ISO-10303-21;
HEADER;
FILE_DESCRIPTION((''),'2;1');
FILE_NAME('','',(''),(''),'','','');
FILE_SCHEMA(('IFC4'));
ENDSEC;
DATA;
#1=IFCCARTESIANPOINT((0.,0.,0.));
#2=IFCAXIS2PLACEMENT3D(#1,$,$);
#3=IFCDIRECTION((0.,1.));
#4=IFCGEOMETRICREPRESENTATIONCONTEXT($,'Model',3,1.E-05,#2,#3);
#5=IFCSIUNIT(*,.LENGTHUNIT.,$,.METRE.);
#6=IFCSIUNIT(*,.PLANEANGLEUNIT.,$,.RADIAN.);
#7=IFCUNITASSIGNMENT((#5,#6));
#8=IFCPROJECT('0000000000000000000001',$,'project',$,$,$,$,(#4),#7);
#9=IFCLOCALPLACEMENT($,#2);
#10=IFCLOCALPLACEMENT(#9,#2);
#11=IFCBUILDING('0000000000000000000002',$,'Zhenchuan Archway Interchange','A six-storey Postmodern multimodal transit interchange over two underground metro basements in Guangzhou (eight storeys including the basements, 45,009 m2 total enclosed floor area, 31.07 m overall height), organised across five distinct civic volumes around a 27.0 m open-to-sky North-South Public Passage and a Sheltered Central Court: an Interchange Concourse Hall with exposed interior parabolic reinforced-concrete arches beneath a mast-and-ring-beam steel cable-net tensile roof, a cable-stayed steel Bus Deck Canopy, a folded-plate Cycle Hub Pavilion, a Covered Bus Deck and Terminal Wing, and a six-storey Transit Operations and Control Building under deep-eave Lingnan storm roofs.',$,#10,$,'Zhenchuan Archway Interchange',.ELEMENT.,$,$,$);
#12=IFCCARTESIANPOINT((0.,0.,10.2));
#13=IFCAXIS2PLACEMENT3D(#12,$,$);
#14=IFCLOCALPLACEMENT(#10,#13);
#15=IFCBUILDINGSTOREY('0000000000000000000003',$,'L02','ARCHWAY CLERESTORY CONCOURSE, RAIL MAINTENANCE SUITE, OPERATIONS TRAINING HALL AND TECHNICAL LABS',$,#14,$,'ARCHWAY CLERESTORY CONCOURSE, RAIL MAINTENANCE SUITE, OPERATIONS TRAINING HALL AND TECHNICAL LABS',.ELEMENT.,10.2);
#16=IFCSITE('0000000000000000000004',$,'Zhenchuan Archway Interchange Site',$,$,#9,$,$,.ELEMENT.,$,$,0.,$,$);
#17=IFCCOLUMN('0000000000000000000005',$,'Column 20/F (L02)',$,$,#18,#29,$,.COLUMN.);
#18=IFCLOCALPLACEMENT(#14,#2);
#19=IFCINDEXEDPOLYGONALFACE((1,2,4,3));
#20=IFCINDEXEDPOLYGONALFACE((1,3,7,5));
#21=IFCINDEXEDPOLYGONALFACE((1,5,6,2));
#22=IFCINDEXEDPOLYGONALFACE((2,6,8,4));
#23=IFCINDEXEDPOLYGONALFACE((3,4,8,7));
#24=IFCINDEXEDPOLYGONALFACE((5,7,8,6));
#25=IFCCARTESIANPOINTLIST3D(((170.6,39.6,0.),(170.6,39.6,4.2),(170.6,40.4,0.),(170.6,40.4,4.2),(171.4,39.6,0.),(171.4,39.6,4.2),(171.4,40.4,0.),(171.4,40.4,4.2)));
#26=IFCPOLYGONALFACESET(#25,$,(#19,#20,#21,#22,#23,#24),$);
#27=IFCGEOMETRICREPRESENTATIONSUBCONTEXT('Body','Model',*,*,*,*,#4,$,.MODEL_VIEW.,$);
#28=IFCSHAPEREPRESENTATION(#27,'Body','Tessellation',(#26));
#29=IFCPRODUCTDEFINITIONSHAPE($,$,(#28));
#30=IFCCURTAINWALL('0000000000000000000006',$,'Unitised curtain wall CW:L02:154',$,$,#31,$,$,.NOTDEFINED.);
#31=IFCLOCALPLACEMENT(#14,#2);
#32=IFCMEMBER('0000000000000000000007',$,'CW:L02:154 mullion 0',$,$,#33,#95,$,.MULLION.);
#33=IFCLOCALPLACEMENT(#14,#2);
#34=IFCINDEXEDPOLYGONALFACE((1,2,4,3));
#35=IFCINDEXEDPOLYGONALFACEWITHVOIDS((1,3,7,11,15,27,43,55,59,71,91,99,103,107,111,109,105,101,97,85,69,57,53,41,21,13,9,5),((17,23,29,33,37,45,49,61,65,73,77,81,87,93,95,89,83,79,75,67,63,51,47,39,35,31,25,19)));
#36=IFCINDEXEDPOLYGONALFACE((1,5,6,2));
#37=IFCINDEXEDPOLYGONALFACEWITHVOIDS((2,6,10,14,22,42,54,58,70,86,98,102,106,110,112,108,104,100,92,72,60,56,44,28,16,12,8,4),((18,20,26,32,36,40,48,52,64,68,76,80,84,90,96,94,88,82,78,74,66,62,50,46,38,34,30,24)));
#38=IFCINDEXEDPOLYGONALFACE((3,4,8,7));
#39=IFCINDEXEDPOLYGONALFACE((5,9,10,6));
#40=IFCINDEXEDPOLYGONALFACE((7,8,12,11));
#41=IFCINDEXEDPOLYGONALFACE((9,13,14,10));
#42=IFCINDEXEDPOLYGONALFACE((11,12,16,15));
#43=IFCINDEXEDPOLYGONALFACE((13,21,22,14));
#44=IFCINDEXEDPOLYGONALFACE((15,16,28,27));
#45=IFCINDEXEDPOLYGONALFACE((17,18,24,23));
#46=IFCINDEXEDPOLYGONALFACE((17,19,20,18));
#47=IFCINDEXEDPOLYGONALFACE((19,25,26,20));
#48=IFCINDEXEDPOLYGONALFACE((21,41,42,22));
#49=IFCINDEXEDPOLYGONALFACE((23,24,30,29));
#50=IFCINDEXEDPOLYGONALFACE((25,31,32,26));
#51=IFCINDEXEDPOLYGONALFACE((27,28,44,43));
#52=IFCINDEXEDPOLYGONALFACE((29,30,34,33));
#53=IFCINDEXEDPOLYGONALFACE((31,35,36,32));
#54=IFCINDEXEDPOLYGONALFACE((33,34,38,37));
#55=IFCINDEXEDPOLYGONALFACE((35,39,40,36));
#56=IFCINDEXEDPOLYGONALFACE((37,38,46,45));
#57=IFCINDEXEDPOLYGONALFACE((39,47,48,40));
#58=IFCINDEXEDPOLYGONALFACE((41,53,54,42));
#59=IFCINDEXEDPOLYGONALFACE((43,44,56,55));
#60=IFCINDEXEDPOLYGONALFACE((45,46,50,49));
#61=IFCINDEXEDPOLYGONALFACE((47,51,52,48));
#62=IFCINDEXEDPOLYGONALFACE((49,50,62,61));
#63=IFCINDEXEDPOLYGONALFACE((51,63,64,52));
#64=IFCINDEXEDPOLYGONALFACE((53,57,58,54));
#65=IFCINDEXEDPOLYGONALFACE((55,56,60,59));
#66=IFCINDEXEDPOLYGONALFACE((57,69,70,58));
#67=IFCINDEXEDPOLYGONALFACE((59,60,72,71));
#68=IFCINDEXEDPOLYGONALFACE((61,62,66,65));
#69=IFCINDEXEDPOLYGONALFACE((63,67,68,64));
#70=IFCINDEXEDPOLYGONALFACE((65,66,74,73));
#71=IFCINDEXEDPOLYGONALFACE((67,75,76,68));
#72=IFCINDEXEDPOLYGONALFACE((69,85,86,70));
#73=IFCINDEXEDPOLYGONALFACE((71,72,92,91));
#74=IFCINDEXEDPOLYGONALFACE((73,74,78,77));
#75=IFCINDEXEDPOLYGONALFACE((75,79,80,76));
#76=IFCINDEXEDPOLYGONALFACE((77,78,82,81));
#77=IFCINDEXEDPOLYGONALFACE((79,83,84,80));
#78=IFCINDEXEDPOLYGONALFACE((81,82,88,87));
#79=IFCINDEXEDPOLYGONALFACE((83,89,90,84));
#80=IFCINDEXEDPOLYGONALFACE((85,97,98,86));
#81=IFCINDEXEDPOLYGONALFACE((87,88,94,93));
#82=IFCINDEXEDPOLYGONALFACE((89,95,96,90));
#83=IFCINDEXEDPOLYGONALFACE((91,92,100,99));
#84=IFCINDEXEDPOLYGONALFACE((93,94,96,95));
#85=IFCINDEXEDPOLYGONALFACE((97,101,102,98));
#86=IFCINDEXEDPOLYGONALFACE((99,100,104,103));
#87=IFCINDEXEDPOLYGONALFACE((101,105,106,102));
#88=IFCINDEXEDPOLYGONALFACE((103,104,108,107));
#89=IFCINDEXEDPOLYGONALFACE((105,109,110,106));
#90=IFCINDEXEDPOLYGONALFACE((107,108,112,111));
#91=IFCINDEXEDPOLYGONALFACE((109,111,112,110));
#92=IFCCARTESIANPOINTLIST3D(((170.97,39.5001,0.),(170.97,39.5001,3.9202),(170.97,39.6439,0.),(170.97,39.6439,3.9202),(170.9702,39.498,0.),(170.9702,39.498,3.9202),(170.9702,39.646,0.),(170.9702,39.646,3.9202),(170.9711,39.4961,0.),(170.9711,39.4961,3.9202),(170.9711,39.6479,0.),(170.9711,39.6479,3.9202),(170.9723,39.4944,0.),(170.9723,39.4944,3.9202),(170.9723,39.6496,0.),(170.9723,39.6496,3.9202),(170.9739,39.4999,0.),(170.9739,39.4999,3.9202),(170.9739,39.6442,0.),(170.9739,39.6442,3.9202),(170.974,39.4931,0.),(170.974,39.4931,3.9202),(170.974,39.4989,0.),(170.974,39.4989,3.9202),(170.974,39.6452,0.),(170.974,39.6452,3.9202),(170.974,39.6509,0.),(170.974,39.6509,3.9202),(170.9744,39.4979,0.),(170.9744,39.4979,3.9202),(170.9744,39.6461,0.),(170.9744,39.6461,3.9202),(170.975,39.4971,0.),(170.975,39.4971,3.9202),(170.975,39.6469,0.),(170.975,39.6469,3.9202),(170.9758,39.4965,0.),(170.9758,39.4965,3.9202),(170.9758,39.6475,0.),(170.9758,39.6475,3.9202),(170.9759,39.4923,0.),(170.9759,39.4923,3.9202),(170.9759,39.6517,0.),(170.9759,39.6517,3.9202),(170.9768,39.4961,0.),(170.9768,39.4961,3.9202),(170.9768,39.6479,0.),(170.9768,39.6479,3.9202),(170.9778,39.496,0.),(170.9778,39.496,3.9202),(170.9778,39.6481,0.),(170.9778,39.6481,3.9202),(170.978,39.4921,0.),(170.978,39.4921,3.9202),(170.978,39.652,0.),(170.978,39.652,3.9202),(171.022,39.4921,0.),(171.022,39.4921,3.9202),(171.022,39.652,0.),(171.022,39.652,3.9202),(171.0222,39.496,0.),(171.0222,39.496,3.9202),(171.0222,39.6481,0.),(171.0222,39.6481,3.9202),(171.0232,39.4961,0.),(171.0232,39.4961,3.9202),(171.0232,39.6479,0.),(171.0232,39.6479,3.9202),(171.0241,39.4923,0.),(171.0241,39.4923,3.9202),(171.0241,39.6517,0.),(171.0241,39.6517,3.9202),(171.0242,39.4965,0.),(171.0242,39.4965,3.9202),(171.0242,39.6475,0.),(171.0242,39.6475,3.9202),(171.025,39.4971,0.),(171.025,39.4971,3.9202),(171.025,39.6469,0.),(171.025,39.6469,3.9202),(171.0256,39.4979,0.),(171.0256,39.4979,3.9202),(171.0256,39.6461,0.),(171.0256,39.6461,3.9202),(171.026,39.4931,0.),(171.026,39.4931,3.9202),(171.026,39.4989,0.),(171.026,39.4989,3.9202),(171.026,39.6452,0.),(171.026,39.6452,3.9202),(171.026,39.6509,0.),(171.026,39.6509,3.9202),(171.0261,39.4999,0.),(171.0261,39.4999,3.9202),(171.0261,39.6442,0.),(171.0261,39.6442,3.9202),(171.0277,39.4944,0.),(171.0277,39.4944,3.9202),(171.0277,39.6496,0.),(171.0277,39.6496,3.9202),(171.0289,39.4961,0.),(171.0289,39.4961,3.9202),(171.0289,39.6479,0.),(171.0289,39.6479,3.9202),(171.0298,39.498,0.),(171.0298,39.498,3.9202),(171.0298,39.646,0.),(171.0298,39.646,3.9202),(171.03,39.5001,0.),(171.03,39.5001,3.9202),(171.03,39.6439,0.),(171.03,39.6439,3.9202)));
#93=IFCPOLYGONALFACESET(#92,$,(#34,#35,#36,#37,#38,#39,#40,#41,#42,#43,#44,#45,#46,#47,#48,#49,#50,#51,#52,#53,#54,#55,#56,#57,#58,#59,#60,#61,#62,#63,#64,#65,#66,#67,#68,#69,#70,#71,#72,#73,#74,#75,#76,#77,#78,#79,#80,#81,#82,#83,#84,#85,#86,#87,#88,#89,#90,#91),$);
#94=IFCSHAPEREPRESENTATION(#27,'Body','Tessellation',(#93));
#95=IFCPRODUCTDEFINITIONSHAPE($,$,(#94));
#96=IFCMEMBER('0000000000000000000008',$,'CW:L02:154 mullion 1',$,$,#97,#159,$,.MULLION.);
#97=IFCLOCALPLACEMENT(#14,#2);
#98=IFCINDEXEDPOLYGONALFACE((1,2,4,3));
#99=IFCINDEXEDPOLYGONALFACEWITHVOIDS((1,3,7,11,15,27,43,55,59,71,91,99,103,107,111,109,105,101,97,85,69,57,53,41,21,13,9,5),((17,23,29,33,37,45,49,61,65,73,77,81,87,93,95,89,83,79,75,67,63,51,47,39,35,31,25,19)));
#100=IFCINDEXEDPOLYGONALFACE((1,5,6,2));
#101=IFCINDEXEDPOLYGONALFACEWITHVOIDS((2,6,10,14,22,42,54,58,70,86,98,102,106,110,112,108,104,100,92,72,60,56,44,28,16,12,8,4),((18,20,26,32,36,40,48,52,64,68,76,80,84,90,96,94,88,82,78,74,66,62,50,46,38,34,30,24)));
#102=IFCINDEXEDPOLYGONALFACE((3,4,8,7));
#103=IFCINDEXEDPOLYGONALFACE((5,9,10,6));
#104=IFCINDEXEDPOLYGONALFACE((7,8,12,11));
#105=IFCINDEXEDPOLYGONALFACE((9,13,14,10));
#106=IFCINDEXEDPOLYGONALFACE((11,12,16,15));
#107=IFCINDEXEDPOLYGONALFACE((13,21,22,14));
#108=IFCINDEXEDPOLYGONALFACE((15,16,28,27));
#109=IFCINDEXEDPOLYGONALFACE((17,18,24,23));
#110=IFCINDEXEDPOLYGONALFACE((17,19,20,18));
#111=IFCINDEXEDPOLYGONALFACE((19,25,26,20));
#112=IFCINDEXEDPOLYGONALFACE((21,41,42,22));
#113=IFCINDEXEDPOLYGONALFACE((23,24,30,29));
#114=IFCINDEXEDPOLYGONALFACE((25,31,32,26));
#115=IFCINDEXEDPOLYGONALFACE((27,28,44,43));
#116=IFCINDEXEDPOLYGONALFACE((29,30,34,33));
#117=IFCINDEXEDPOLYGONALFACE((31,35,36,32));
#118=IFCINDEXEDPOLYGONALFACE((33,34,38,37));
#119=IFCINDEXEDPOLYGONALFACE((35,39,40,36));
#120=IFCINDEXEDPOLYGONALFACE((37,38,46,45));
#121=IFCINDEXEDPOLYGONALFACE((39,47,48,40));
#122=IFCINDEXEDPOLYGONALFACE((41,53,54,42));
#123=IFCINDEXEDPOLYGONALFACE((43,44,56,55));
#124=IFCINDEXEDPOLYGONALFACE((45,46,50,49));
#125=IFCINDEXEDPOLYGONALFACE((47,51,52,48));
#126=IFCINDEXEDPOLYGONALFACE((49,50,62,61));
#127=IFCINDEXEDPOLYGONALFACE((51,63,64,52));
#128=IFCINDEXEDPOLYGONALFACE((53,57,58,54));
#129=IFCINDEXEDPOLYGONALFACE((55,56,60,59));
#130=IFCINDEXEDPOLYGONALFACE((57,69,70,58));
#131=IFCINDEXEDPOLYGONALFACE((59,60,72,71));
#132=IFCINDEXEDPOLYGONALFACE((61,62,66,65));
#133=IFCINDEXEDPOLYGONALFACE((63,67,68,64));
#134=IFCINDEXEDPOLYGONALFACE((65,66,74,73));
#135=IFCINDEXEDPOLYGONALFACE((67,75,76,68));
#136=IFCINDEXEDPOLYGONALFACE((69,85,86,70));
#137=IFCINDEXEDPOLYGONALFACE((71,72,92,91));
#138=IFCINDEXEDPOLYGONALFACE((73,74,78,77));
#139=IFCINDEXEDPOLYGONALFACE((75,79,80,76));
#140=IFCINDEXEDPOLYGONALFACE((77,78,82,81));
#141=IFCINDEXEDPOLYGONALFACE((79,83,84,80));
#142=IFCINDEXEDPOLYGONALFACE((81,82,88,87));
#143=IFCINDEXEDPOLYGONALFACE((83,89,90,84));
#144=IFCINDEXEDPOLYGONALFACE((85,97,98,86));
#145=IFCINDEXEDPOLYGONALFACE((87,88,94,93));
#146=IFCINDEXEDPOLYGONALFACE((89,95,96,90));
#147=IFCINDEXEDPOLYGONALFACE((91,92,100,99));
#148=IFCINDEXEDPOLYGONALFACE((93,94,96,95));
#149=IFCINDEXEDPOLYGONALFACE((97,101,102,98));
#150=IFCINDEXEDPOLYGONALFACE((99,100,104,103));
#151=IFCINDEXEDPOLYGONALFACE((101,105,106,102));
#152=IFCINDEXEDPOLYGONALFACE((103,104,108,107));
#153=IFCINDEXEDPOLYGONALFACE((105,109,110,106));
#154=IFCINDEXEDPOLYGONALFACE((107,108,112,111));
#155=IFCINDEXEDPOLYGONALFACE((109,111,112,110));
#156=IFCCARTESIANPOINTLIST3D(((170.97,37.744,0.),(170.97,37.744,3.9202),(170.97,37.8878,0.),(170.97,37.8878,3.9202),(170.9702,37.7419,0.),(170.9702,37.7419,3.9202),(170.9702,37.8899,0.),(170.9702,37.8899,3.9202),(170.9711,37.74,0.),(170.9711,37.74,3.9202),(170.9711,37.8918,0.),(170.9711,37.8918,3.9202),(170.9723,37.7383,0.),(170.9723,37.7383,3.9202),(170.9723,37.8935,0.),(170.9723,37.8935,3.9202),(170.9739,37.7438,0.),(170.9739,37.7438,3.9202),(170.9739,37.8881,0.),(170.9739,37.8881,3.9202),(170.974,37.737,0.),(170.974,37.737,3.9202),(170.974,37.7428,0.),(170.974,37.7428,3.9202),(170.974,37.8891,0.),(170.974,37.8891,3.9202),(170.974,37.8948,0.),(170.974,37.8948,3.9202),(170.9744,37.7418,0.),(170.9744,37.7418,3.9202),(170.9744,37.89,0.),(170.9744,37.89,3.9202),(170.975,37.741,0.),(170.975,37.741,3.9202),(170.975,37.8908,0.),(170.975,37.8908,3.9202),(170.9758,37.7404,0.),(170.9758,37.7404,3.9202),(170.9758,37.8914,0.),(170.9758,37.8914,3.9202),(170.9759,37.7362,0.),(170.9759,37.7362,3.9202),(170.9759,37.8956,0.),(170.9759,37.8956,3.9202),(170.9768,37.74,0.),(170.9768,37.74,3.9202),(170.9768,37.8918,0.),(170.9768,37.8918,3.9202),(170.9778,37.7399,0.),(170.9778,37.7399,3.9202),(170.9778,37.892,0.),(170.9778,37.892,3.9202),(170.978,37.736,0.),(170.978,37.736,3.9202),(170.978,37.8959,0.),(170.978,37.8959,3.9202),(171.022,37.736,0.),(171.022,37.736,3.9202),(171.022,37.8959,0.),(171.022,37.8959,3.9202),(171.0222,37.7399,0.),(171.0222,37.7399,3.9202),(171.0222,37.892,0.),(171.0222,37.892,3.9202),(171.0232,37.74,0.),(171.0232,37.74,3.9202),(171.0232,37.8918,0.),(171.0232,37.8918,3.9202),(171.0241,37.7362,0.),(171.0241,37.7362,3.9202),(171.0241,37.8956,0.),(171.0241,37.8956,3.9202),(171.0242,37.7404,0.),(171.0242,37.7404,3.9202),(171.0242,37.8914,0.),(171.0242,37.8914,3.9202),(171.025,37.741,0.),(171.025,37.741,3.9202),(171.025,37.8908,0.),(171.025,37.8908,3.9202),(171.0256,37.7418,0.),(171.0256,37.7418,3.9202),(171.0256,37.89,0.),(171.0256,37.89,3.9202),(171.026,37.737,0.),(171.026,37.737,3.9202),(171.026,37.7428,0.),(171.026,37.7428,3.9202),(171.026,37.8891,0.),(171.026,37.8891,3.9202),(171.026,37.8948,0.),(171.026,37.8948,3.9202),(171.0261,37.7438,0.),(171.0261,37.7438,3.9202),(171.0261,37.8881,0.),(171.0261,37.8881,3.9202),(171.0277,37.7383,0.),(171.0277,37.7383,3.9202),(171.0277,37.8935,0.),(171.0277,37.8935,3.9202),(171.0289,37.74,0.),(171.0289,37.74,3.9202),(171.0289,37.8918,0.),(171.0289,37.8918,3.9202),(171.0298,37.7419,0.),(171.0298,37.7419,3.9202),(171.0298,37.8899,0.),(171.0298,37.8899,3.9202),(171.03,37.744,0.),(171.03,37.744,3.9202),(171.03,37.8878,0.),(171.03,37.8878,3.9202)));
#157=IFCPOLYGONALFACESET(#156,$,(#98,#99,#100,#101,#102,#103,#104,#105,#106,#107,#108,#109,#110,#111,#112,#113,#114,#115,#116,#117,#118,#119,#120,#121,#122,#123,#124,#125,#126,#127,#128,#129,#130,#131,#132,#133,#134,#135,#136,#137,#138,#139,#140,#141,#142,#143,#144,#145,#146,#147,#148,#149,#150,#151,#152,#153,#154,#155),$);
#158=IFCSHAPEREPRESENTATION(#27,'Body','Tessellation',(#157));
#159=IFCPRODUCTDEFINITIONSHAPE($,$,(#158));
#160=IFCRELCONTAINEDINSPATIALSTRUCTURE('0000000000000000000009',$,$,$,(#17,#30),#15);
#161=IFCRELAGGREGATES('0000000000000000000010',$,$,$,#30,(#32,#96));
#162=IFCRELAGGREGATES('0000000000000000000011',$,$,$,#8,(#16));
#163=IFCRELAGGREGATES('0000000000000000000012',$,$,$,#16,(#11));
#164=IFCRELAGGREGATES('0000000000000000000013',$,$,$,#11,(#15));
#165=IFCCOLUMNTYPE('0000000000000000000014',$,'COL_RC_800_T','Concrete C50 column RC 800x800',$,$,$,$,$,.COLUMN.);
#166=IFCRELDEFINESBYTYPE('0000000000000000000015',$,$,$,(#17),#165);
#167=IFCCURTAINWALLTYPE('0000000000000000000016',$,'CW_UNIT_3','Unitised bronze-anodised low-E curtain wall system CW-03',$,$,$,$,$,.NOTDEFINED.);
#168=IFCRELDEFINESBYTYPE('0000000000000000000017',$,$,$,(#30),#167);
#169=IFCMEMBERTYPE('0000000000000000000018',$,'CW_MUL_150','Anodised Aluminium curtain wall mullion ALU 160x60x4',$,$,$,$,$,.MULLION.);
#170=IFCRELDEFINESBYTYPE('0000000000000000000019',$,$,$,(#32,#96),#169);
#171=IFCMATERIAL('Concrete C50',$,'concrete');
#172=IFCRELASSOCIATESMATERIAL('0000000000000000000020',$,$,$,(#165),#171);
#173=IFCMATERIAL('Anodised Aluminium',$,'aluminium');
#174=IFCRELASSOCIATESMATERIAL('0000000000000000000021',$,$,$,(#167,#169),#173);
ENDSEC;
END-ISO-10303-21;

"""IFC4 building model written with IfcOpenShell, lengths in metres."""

from ifc_helpers import new_model, si_unit, direction, frame, origin, origin_2d, place, context, subcontext, project, spatial, rectangle, hollow_rectangle, extrude, material, material_profile, profile_set, type_object, element, aggregate, save


model = new_model("IFC4")

# Units and contexts
model_context = context("Model", 3, precision=1e-05, world=origin(), true_north=direction((0.0, 1.0)))
body_context = subcontext(model_context, "Body", "Model", "MODEL_VIEW")
ifc_project = project(units=[si_unit("LENGTHUNIT", "METRE"), si_unit("PLANEANGLEUNIT", "RADIAN")], contexts=[model_context])

# Site, building, storey
site_placement = place(None, origin())
site = spatial("IfcSite", under=ifc_project, at=site_placement, Name="Zhenchuan Archway Interchange Site", CompositionType="ELEMENT", RefElevation=0.0)
building_placement = place(site_placement, origin())
building = spatial("IfcBuilding", under=site, at=building_placement, Name="Zhenchuan Archway Interchange", Description="A six-storey Postmodern multimodal transit interchange over two underground metro basements in Guangzhou (eight storeys including the basements, 45,009 m2 total enclosed floor area, 31.07 m overall height), organised across five distinct civic volumes around a 27.0 m open-to-sky North-South Public Passage and a Sheltered Central Court: an Interchange Concourse Hall with exposed interior parabolic reinforced-concrete arches beneath a mast-and-ring-beam steel cable-net tensile roof, a cable-stayed steel Bus Deck Canopy, a folded-plate Cycle Hub Pavilion, a Covered Bus Deck and Terminal Wing, and a six-storey Transit Operations and Control Building under deep-eave Lingnan storm roofs.", LongName="Zhenchuan Archway Interchange", CompositionType="ELEMENT")
storey_placement = place(building_placement, frame((0.0, 0.0, 10.2)))
storey = spatial("IfcBuildingStorey", under=building, at=storey_placement, Name="L02", Description="ARCHWAY CLERESTORY CONCOURSE, RAIL MAINTENANCE SUITE, OPERATIONS TRAINING HALL AND TECHNICAL LABS", LongName="ARCHWAY CLERESTORY CONCOURSE, RAIL MAINTENANCE SUITE, OPERATIONS TRAINING HALL AND TECHNICAL LABS", CompositionType="ELEMENT", Elevation=10.2)

# Column
ifc_material_1 = material(Name="Concrete C50", Category="concrete")
ifc_material_profile_1 = material_profile(ifc_material_1, rectangle(XDim=0.8, YDim=0.8, at=origin_2d()), Name="RC 800x800")
ifc_profile_set_1 = profile_set([ifc_material_profile_1], Name="Concrete C50")
column_type = type_object("IfcColumnType", Name="COL_RC_800_T", Description="Concrete C50 column RC 800x800", PredefinedType="COLUMN", material=ifc_profile_set_1)
column_placement = place(storey_placement, frame((171.0, 40.0, 0.0), z_axis=(0.0, 0.0, 1.0), x_axis=(1.0, 0.0, 0.0)))
element("IfcColumn", 1, at=column_placement, inside=storey, type_object=column_type, Name="Column 20/F (L02)", PredefinedType="COLUMN", context=body_context, shape_type="SweptSolid", body=[
    extrude(rectangle(XDim=0.8, YDim=0.8, at=origin_2d()), origin(), (0.0, 0.0, 1.0), 4.2),
])

# Curtain wall, members
ifc_material_2 = material(Name="Anodised Aluminium", Category="aluminium")
curtain_wall_type = type_object("IfcCurtainWallType", Name="CW_UNIT_3", Description="Unitised bronze-anodised low-E curtain wall system CW-03", PredefinedType="NOTDEFINED", material=ifc_material_2)
curtain_wall_placement = place(storey_placement, origin())
curtain_wall = element("IfcCurtainWall", 2, at=curtain_wall_placement, inside=storey, type_object=curtain_wall_type, Name="Unitised curtain wall CW:L02:154", PredefinedType="NOTDEFINED")
ifc_material_profile_2 = material_profile(ifc_material_2, hollow_rectangle(XDim=0.0601, YDim=0.1599, WallThickness=0.0039, InnerFilletRadius=0.0039, OuterFilletRadius=0.0081, at=origin_2d()), Name="ALU 160x60x4")
ifc_profile_set_2 = profile_set([ifc_material_profile_2], Name="Anodised Aluminium")
member_type_1 = type_object("IfcMemberType", Name="CW_MUL_150", Description="Anodised Aluminium curtain wall mullion ALU 160x60x4", PredefinedType="MULLION", material=ifc_profile_set_2)
member_1_placement = place(storey_placement, frame((171.0, 39.572, 0.0), z_axis=(0.0, 0.0, 1.0), x_axis=(1.0, 0.0, 0.0)))
member_1 = element("IfcMember", 3, at=member_1_placement, type_object=member_type_1, Name="CW:L02:154 mullion 0", PredefinedType="MULLION", context=body_context, shape_type="SweptSolid", body=[
    extrude(hollow_rectangle(XDim=0.0601, YDim=0.1599, WallThickness=0.0039, InnerFilletRadius=0.0039, OuterFilletRadius=0.0081, at=origin_2d()), origin(), (0.0, 0.0, 1.0), 3.9202),
])
member_2_placement = place(storey_placement, frame((171.0, 37.8159, 0.0), z_axis=(0.0, 0.0, 1.0), x_axis=(1.0, 0.0, 0.0)))
member_2 = element("IfcMember", 4, at=member_2_placement, type_object=member_type_1, Name="CW:L02:154 mullion 1", PredefinedType="MULLION", context=body_context, shape_type="SweptSolid", body=[
    extrude(hollow_rectangle(XDim=0.0601, YDim=0.1599, WallThickness=0.0039, InnerFilletRadius=0.0039, OuterFilletRadius=0.0081, at=origin_2d()), origin(), (0.0, 0.0, 1.0), 3.9202),
])
aggregate(curtain_wall, [member_1, member_2])

save(model, "model.ifc")
